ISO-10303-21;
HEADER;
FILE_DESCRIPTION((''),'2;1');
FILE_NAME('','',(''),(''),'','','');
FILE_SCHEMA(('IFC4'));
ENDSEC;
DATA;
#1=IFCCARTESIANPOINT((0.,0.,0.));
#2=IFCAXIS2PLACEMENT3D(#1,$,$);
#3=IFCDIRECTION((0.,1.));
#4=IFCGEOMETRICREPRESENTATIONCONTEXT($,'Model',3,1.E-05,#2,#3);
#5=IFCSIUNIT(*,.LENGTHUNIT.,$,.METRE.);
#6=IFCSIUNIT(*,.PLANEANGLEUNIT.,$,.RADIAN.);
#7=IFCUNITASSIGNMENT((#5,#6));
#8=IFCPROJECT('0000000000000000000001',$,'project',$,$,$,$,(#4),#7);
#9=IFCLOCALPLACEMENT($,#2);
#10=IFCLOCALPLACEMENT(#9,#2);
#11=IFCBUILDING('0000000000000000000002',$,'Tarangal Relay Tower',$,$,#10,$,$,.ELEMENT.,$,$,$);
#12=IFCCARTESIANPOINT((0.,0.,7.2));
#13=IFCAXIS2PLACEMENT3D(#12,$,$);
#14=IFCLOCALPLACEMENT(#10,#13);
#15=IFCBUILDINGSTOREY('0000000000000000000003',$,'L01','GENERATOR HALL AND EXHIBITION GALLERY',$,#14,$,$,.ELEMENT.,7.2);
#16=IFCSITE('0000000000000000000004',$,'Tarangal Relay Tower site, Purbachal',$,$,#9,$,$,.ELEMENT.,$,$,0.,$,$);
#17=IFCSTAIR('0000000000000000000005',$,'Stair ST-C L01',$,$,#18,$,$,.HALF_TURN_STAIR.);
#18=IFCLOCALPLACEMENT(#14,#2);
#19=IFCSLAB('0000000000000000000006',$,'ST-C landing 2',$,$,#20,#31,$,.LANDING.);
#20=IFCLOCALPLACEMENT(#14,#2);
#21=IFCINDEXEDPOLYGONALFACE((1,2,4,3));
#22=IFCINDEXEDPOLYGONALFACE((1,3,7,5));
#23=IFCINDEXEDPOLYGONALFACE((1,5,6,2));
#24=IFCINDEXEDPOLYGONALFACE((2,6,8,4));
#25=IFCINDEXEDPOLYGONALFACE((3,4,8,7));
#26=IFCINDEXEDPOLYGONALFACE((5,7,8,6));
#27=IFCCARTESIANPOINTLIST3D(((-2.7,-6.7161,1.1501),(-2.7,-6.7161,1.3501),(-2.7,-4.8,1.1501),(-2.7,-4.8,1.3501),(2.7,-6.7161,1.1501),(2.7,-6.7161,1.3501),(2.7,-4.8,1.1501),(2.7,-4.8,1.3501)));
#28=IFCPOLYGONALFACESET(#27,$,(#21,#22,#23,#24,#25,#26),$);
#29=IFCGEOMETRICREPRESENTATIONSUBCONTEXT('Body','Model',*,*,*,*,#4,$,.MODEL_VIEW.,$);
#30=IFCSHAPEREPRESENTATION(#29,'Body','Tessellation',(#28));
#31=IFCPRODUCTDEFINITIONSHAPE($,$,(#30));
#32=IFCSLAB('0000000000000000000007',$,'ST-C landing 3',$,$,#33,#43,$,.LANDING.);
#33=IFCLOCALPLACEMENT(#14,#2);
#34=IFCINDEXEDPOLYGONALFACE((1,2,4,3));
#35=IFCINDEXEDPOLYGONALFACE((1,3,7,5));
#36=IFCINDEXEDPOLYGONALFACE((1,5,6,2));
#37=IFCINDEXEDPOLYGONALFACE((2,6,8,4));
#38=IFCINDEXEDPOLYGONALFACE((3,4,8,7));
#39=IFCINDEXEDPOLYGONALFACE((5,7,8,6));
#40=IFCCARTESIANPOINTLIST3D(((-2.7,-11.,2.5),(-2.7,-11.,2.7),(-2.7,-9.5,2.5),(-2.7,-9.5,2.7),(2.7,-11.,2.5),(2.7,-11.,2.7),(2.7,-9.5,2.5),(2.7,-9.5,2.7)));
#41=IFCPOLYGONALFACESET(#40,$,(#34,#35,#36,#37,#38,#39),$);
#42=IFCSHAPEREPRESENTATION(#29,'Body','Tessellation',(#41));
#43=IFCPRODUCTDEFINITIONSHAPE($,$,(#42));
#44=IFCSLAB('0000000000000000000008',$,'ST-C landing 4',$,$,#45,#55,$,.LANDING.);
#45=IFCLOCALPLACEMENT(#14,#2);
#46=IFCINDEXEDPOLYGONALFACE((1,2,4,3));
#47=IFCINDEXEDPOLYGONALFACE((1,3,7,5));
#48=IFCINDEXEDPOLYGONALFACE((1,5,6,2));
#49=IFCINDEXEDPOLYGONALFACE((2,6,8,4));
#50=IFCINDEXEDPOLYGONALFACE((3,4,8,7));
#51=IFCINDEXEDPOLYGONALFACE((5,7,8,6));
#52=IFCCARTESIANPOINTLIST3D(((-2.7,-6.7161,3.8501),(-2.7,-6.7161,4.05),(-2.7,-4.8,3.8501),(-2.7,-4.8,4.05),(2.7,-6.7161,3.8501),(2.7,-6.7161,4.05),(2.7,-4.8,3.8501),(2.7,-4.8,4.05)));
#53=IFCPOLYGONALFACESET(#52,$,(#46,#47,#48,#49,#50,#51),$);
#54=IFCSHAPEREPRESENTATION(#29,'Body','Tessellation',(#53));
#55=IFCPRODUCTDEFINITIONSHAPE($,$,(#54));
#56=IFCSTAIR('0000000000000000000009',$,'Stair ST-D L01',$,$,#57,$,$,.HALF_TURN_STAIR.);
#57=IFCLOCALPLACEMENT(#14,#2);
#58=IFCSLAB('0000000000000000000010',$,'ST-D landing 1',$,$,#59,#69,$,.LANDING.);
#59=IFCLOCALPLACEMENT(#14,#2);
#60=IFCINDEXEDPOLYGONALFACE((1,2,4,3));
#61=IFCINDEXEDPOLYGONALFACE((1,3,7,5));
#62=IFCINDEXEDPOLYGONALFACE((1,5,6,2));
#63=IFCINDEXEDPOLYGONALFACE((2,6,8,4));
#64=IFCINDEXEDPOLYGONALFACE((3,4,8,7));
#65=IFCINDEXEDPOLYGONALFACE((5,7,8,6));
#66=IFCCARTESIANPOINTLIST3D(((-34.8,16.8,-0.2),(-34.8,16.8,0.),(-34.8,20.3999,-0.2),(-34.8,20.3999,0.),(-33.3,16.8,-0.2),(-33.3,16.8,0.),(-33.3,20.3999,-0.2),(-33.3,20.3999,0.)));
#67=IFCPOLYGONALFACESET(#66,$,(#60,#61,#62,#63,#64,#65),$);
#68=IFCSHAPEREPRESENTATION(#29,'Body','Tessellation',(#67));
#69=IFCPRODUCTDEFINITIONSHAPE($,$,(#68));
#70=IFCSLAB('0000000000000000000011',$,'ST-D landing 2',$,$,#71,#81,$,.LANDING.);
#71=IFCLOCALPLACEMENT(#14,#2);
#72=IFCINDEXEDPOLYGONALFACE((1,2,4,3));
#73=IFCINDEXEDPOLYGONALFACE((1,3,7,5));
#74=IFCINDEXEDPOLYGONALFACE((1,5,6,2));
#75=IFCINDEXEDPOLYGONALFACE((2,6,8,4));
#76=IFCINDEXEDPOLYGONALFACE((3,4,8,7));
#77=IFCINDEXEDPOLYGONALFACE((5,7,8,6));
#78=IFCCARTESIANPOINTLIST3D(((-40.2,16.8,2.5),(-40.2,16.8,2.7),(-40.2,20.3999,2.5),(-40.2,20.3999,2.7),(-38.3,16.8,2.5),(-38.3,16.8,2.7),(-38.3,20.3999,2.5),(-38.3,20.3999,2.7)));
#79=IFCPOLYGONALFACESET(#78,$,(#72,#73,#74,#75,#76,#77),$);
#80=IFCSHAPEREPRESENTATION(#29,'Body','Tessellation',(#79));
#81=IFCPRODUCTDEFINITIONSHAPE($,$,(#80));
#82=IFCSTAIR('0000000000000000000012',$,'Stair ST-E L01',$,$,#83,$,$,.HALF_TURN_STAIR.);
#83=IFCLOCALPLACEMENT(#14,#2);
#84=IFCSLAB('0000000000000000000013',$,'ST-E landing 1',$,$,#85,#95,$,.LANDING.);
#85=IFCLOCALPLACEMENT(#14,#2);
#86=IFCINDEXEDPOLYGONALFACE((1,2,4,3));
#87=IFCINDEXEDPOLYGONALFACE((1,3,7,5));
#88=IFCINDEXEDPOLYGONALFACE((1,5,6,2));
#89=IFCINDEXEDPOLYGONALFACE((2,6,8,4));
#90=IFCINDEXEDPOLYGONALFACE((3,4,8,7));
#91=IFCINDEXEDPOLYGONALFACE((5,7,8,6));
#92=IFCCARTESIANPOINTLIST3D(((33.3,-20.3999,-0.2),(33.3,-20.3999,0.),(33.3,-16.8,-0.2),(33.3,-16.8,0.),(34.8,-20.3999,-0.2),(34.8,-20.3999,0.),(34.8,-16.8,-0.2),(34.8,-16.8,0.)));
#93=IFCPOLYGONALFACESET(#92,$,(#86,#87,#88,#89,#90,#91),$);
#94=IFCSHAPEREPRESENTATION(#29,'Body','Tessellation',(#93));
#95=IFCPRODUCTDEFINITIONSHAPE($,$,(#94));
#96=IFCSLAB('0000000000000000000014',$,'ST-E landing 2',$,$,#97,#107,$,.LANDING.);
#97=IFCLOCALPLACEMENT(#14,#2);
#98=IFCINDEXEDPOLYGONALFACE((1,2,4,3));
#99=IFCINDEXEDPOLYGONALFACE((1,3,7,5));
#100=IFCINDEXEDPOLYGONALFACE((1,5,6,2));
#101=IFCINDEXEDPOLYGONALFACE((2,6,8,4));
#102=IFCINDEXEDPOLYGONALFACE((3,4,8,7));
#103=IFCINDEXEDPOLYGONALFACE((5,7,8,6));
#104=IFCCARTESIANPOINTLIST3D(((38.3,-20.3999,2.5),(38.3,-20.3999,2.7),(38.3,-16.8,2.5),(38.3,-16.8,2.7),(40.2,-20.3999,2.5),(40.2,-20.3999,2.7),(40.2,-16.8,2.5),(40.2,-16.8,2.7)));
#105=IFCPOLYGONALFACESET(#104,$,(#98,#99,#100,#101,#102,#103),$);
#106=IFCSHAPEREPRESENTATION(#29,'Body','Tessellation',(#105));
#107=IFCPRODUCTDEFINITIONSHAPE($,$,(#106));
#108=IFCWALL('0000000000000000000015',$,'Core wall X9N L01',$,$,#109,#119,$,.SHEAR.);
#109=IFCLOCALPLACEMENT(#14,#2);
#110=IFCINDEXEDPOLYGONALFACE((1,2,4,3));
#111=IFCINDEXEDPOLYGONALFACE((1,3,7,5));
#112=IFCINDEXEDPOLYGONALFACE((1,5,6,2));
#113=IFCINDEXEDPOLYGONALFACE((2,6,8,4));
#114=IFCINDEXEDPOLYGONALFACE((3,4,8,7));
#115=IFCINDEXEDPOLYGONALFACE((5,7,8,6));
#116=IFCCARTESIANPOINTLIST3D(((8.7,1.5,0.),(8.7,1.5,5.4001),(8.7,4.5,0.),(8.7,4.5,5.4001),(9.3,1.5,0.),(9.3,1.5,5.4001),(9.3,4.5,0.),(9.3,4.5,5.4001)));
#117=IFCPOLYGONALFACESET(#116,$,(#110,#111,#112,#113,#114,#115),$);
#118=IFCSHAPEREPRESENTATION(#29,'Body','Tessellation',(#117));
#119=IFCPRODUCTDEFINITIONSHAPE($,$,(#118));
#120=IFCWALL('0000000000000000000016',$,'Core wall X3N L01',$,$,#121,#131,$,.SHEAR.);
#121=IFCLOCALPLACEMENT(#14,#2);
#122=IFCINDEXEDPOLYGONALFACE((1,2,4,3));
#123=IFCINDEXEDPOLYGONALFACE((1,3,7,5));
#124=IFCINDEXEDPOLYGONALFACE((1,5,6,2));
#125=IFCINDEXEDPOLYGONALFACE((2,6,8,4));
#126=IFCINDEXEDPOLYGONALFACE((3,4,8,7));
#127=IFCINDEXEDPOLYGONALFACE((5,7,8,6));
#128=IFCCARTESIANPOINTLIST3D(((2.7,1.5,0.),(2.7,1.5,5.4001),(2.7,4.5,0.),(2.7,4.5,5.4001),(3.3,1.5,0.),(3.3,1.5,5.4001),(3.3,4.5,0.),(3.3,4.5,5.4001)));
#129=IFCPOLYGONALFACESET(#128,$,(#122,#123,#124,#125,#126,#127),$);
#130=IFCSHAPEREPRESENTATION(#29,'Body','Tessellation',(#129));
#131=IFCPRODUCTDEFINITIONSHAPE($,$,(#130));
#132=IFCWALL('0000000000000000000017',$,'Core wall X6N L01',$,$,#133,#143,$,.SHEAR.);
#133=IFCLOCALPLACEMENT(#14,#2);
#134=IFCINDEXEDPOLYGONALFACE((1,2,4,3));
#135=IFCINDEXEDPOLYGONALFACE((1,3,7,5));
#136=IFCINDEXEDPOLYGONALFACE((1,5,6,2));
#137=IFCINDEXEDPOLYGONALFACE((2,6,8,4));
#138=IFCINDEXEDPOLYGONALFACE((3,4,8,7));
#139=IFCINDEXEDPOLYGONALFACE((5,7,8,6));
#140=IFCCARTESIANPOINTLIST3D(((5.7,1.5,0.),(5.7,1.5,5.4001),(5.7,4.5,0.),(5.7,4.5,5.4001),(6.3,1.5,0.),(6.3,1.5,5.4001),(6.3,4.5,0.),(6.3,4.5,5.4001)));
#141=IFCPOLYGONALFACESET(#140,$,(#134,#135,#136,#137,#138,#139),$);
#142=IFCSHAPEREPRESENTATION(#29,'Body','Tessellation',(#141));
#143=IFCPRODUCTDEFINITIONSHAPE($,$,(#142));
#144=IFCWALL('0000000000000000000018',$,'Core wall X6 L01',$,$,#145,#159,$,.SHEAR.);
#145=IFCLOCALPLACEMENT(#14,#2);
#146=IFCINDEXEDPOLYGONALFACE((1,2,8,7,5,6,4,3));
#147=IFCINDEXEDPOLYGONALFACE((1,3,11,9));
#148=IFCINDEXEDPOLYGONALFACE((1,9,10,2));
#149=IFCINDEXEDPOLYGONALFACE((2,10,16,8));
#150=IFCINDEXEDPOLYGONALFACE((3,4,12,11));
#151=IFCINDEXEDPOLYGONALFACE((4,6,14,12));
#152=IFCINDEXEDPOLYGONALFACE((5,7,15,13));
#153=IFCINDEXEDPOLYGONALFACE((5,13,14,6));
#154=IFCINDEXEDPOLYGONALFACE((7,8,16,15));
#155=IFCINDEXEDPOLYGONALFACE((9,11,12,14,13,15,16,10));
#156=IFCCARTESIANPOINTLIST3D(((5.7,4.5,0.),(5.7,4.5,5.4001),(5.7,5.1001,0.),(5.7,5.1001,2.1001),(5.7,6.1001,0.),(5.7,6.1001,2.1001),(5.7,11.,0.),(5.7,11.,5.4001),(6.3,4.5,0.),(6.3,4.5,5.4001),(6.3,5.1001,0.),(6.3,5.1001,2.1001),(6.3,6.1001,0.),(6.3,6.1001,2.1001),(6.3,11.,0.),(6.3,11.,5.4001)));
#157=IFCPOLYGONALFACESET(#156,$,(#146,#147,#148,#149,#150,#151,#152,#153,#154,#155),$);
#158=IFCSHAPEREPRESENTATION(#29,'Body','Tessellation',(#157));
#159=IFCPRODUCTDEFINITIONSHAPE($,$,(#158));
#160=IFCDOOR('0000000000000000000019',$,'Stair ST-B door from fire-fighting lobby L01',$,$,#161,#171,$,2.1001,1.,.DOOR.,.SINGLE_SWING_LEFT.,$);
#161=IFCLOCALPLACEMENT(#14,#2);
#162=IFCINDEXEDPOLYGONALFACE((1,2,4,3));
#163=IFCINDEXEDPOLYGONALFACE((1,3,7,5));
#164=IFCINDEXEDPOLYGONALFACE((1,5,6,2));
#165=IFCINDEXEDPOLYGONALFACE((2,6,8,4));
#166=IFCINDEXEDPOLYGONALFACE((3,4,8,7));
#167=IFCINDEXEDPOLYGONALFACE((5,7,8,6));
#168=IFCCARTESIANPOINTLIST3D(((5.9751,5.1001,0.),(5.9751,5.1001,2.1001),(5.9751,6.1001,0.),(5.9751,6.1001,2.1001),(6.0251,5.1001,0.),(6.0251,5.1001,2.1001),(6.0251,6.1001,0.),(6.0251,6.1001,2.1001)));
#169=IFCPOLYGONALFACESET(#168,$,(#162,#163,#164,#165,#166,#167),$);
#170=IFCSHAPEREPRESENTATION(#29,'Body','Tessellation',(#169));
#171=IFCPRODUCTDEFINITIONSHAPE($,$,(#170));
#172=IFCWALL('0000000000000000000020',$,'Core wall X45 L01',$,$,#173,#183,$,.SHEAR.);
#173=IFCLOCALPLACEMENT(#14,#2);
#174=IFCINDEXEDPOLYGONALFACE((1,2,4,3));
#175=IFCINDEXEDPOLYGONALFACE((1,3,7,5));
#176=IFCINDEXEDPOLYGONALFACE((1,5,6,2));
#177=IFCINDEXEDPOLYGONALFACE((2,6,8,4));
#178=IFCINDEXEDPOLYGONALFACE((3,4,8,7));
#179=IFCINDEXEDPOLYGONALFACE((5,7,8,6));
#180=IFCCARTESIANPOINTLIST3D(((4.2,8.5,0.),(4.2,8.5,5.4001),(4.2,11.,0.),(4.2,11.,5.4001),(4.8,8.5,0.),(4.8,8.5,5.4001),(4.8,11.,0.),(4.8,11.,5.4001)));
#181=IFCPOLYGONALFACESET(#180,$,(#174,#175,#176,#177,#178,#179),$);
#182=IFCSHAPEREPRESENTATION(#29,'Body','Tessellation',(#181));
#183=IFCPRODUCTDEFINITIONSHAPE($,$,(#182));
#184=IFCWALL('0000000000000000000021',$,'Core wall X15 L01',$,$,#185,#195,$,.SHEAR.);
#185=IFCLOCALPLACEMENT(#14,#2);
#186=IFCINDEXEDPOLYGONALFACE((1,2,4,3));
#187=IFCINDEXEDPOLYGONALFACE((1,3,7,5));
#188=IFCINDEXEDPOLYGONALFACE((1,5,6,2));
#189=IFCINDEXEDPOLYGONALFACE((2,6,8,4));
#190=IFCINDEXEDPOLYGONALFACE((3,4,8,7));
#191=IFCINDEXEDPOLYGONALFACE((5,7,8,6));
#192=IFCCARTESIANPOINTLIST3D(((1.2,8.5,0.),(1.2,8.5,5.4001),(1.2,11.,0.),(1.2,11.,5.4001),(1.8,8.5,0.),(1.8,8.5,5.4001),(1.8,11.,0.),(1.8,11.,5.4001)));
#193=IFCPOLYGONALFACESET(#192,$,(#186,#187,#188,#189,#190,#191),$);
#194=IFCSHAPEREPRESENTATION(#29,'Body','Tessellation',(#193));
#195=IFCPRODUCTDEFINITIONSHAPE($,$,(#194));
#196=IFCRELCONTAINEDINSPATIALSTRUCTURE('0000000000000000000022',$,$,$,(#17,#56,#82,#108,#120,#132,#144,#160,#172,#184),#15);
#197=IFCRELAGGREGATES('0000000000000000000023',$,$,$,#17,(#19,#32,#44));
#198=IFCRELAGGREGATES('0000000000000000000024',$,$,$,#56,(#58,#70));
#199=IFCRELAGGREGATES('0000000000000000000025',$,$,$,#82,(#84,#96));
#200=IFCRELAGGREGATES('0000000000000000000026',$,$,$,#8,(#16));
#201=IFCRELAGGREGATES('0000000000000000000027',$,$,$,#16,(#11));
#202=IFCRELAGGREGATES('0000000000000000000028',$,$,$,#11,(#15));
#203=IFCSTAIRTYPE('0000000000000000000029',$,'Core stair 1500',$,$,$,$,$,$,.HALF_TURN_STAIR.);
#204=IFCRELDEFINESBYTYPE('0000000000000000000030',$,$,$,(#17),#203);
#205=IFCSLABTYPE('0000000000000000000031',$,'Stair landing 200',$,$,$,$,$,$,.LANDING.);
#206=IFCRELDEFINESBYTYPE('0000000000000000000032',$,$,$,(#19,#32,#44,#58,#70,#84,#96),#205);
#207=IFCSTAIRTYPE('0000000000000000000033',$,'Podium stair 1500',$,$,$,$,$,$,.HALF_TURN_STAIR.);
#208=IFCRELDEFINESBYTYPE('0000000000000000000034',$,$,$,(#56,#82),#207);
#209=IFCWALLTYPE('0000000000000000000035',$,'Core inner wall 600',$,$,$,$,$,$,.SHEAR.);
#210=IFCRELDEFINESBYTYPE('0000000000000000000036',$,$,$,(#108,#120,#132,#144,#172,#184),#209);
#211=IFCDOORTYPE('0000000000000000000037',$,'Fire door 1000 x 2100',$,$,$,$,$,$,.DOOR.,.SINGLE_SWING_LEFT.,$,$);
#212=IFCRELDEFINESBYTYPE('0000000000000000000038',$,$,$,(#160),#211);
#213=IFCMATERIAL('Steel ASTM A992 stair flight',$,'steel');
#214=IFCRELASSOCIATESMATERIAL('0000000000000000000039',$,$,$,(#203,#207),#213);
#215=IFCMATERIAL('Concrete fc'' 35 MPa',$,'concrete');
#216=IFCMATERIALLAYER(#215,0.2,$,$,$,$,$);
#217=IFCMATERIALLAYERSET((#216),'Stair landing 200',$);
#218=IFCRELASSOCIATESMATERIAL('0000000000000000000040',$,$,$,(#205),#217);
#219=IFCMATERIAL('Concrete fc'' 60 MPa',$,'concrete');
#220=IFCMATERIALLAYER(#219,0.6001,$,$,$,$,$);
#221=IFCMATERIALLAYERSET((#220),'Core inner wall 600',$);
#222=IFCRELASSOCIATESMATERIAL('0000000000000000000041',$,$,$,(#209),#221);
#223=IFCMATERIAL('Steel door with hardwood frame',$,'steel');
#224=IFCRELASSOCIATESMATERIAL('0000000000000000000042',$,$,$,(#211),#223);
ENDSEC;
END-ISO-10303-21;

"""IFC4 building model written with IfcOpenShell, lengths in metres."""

from ifc_helpers import new_model, si_unit, direction, frame, frame_2d, origin, place, context, subcontext, project, spatial, polyline, rectangle, outline, extrude, material, layer, layer_set, type_object, element, fill, aggregate, save


model = new_model("IFC4")

# Units and contexts
model_context = context("Model", 3, precision=1e-05, world=origin(), true_north=direction((0.0, 1.0)))
body_context = subcontext(model_context, "Body", "Model", "MODEL_VIEW")
ifc_project = project(units=[si_unit("LENGTHUNIT", "METRE"), si_unit("PLANEANGLEUNIT", "RADIAN")], contexts=[model_context])

# Site, building, storey
site_placement = place(None, origin())
site = spatial("IfcSite", under=ifc_project, at=site_placement, Name="Tarangal Relay Tower site, Purbachal", CompositionType="ELEMENT", RefElevation=0.0)
building_placement = place(site_placement, origin())
building = spatial("IfcBuilding", under=site, at=building_placement, Name="Tarangal Relay Tower", CompositionType="ELEMENT")
storey_placement = place(building_placement, frame((0.0, 0.0, 7.2)))
storey = spatial("IfcBuildingStorey", under=building, at=storey_placement, Name="L01", Description="GENERATOR HALL AND EXHIBITION GALLERY", CompositionType="ELEMENT", Elevation=7.2)

# Stairs, slabs
ifc_material_1 = material(Name="Steel ASTM A992 stair flight", Category="steel")
stair_type_1 = type_object("IfcStairType", Name="Core stair 1500", PredefinedType="HALF_TURN_STAIR", material=ifc_material_1)
stair_1_placement = place(storey_placement, origin())
stair_1 = element("IfcStair", 1, at=stair_1_placement, inside=storey, type_object=stair_type_1, Name="Stair ST-C L01", PredefinedType="HALF_TURN_STAIR")
ifc_material_2 = material(Name="Concrete fc' 35 MPa", Category="concrete")
ifc_layer_1 = layer(ifc_material_2, 0.2)
ifc_layer_set_1 = layer_set([ifc_layer_1], Name="Stair landing 200")
slab_type = type_object("IfcSlabType", Name="Stair landing 200", PredefinedType="LANDING", material=ifc_layer_set_1)
slab_1_placement = place(storey_placement, frame((0.0, 0.0, 1.1501)))
slab_1 = element("IfcSlab", 2, at=slab_1_placement, type_object=slab_type, Name="ST-C landing 2", PredefinedType="LANDING", context=body_context, shape_type="SweptSolid", body=[
    extrude(outline(polyline([(-2.7, -6.7161), (2.7, -6.7161), (2.7, -4.8), (-2.7, -4.8), (-2.7, -6.7161)])), origin(), (0.0, 0.0, 1.0), 0.2),
])
slab_2_placement = place(storey_placement, frame((0.0, 0.0, 2.5)))
slab_2 = element("IfcSlab", 3, at=slab_2_placement, type_object=slab_type, Name="ST-C landing 3", PredefinedType="LANDING", context=body_context, shape_type="SweptSolid", body=[
    extrude(outline(polyline([(-2.7, -11.0), (2.7, -11.0), (2.7, -9.5), (-2.7, -9.5), (-2.7, -11.0)])), origin(), (0.0, 0.0, 1.0), 0.2),
])
slab_3_placement = place(storey_placement, frame((0.0, 0.0, 3.8501)))
slab_3 = element("IfcSlab", 4, at=slab_3_placement, type_object=slab_type, Name="ST-C landing 4", PredefinedType="LANDING", context=body_context, shape_type="SweptSolid", body=[
    extrude(outline(polyline([(-2.7, -6.7161), (2.7, -6.7161), (2.7, -4.8), (-2.7, -4.8), (-2.7, -6.7161)])), origin(), (0.0, 0.0, 1.0), 0.2),
])
aggregate(stair_1, [slab_1, slab_2, slab_3])
stair_type_2 = type_object("IfcStairType", Name="Podium stair 1500", PredefinedType="HALF_TURN_STAIR", material=ifc_material_1)
stair_2_placement = place(storey_placement, origin())
stair_2 = element("IfcStair", 5, at=stair_2_placement, inside=storey, type_object=stair_type_2, Name="Stair ST-D L01", PredefinedType="HALF_TURN_STAIR")
slab_4_placement = place(storey_placement, frame((0.0, 0.0, -0.2)))
slab_4 = element("IfcSlab", 6, at=slab_4_placement, type_object=slab_type, Name="ST-D landing 1", PredefinedType="LANDING", context=body_context, shape_type="SweptSolid", body=[
    extrude(outline(polyline([(-33.3, 16.8), (-33.3, 20.3999), (-34.8, 20.3999), (-34.8, 16.8), (-33.3, 16.8)])), origin(), (0.0, 0.0, 1.0), 0.2),
])
slab_5_placement = place(storey_placement, frame((0.0, 0.0, 2.5)))
slab_5 = element("IfcSlab", 7, at=slab_5_placement, type_object=slab_type, Name="ST-D landing 2", PredefinedType="LANDING", context=body_context, shape_type="SweptSolid", body=[
    extrude(outline(polyline([(-38.3, 16.8), (-38.3, 20.3999), (-40.2, 20.3999), (-40.2, 16.8), (-38.3, 16.8)])), origin(), (0.0, 0.0, 1.0), 0.2),
])
aggregate(stair_2, [slab_4, slab_5])
stair_3_placement = place(storey_placement, origin())
stair_3 = element("IfcStair", 8, at=stair_3_placement, inside=storey, type_object=stair_type_2, Name="Stair ST-E L01", PredefinedType="HALF_TURN_STAIR")
slab_6_placement = place(storey_placement, frame((0.0, 0.0, -0.2)))
slab_6 = element("IfcSlab", 9, at=slab_6_placement, type_object=slab_type, Name="ST-E landing 1", PredefinedType="LANDING", context=body_context, shape_type="SweptSolid", body=[
    extrude(outline(polyline([(34.8, -20.3999), (34.8, -16.8), (33.3, -16.8), (33.3, -20.3999), (34.8, -20.3999)])), origin(), (0.0, 0.0, 1.0), 0.2),
])
slab_7_placement = place(storey_placement, frame((0.0, 0.0, 2.5)))
slab_7 = element("IfcSlab", 10, at=slab_7_placement, type_object=slab_type, Name="ST-E landing 2", PredefinedType="LANDING", context=body_context, shape_type="SweptSolid", body=[
    extrude(outline(polyline([(40.2, -20.3999), (40.2, -16.8), (38.3, -16.8), (38.3, -20.3999), (40.2, -20.3999)])), origin(), (0.0, 0.0, 1.0), 0.2),
])
aggregate(stair_3, [slab_6, slab_7])

# Walls
ifc_material_3 = material(Name="Concrete fc' 60 MPa", Category="concrete")
ifc_layer_2 = layer(ifc_material_3, 0.6001)
ifc_layer_set_2 = layer_set([ifc_layer_2], Name="Core inner wall 600")
wall_type = type_object("IfcWallType", Name="Core inner wall 600", PredefinedType="SHEAR", material=ifc_layer_set_2)
for number, where, z_axis, x_axis, name in (
    (11, (9.0, 1.5, 0.0), (0.0, 0.0, 1.0), (0.0, 1.0, 0.0), "Core wall X9N L01"),
    (12, (3.0, 1.5, 0.0), (0.0, 0.0, 1.0), (0.0, 1.0, 0.0), "Core wall X3N L01"),
    (13, (6.0, 1.5, 0.0), (0.0, 0.0, 1.0), (0.0, 1.0, 0.0), "Core wall X6N L01"),
):
    element("IfcWall", number, at=place(storey_placement, frame(where, z_axis=z_axis, x_axis=x_axis)), inside=storey, type_object=wall_type, Name=name, PredefinedType="SHEAR", context=body_context, shape_type="SweptSolid", body=[
        extrude(rectangle(XDim=3.0, YDim=0.6001, at=frame_2d((1.5, 0.0))), origin(), (0.0, 0.0, 1.0), 5.4001),
    ])

# Wall, opening, door
wall_placement = place(storey_placement, frame((6.0, 4.5, 0.0), z_axis=(0.0, 0.0, 1.0), x_axis=(0.0, 1.0, 0.0)))
wall = element("IfcWall", 14, at=wall_placement, inside=storey, type_object=wall_type, Name="Core wall X6 L01", PredefinedType="SHEAR", context=body_context, shape_type="SweptSolid", body=[
    extrude(rectangle(XDim=6.5, YDim=0.6001, at=frame_2d((3.25, 0.0))), origin(), (0.0, 0.0, 1.0), 5.4001),
])
opening_placement = place(wall_placement, frame((0.6001, 0.0, 0.0)))
opening = element("IfcOpeningElement", 15, at=opening_placement, cuts=wall, PredefinedType="OPENING", context=body_context, shape_type="SweptSolid", body=[
    extrude(rectangle(XDim=1.0, YDim=2.1001, at=frame_2d((0.5, 1.05))), frame((0.0, 0.3101, 0.0), z_axis=(0.0, -1.0, 0.0), x_axis=(1.0, 0.0, 0.0)), (0.0, 0.0, 1.0), 0.6201),
])
ifc_material_4 = material(Name="Steel door with hardwood frame", Category="steel")
door_type = type_object("IfcDoorType", Name="Fire door 1000 x 2100", OperationType="SINGLE_SWING_LEFT", PredefinedType="DOOR", material=ifc_material_4)
door_placement = place(opening_placement, origin())
door = element("IfcDoor", 16, at=door_placement, inside=storey, type_object=door_type, Name="Stair ST-B door from fire-fighting lobby L01", OperationType="SINGLE_SWING_LEFT", OverallHeight=2.1001, OverallWidth=1.0, PredefinedType="DOOR", context=body_context, shape_type="SweptSolid", body=[
    extrude(rectangle(XDim=1.0, YDim=2.1001, at=frame_2d((0.5, 1.05))), frame((0.0, 0.0249, 0.0), z_axis=(0.0, -1.0, 0.0), x_axis=(1.0, 0.0, 0.0)), (0.0, 0.0, 1.0), 0.05),
])
fill(opening, door)

# Walls
for number, where, z_axis, x_axis, name in (
    (17, (4.5, 8.5, 0.0), (0.0, 0.0, 1.0), (0.0, 1.0, 0.0), "Core wall X45 L01"),
    (18, (1.5, 8.5, 0.0), (0.0, 0.0, 1.0), (0.0, 1.0, 0.0), "Core wall X15 L01"),
):
    element("IfcWall", number, at=place(storey_placement, frame(where, z_axis=z_axis, x_axis=x_axis)), inside=storey, type_object=wall_type, Name=name, PredefinedType="SHEAR", context=body_context, shape_type="SweptSolid", body=[
        extrude(rectangle(XDim=2.5, YDim=0.6001, at=frame_2d((1.25, 0.0))), origin(), (0.0, 0.0, 1.0), 5.4001),
    ])

save(model, "model.ifc")
